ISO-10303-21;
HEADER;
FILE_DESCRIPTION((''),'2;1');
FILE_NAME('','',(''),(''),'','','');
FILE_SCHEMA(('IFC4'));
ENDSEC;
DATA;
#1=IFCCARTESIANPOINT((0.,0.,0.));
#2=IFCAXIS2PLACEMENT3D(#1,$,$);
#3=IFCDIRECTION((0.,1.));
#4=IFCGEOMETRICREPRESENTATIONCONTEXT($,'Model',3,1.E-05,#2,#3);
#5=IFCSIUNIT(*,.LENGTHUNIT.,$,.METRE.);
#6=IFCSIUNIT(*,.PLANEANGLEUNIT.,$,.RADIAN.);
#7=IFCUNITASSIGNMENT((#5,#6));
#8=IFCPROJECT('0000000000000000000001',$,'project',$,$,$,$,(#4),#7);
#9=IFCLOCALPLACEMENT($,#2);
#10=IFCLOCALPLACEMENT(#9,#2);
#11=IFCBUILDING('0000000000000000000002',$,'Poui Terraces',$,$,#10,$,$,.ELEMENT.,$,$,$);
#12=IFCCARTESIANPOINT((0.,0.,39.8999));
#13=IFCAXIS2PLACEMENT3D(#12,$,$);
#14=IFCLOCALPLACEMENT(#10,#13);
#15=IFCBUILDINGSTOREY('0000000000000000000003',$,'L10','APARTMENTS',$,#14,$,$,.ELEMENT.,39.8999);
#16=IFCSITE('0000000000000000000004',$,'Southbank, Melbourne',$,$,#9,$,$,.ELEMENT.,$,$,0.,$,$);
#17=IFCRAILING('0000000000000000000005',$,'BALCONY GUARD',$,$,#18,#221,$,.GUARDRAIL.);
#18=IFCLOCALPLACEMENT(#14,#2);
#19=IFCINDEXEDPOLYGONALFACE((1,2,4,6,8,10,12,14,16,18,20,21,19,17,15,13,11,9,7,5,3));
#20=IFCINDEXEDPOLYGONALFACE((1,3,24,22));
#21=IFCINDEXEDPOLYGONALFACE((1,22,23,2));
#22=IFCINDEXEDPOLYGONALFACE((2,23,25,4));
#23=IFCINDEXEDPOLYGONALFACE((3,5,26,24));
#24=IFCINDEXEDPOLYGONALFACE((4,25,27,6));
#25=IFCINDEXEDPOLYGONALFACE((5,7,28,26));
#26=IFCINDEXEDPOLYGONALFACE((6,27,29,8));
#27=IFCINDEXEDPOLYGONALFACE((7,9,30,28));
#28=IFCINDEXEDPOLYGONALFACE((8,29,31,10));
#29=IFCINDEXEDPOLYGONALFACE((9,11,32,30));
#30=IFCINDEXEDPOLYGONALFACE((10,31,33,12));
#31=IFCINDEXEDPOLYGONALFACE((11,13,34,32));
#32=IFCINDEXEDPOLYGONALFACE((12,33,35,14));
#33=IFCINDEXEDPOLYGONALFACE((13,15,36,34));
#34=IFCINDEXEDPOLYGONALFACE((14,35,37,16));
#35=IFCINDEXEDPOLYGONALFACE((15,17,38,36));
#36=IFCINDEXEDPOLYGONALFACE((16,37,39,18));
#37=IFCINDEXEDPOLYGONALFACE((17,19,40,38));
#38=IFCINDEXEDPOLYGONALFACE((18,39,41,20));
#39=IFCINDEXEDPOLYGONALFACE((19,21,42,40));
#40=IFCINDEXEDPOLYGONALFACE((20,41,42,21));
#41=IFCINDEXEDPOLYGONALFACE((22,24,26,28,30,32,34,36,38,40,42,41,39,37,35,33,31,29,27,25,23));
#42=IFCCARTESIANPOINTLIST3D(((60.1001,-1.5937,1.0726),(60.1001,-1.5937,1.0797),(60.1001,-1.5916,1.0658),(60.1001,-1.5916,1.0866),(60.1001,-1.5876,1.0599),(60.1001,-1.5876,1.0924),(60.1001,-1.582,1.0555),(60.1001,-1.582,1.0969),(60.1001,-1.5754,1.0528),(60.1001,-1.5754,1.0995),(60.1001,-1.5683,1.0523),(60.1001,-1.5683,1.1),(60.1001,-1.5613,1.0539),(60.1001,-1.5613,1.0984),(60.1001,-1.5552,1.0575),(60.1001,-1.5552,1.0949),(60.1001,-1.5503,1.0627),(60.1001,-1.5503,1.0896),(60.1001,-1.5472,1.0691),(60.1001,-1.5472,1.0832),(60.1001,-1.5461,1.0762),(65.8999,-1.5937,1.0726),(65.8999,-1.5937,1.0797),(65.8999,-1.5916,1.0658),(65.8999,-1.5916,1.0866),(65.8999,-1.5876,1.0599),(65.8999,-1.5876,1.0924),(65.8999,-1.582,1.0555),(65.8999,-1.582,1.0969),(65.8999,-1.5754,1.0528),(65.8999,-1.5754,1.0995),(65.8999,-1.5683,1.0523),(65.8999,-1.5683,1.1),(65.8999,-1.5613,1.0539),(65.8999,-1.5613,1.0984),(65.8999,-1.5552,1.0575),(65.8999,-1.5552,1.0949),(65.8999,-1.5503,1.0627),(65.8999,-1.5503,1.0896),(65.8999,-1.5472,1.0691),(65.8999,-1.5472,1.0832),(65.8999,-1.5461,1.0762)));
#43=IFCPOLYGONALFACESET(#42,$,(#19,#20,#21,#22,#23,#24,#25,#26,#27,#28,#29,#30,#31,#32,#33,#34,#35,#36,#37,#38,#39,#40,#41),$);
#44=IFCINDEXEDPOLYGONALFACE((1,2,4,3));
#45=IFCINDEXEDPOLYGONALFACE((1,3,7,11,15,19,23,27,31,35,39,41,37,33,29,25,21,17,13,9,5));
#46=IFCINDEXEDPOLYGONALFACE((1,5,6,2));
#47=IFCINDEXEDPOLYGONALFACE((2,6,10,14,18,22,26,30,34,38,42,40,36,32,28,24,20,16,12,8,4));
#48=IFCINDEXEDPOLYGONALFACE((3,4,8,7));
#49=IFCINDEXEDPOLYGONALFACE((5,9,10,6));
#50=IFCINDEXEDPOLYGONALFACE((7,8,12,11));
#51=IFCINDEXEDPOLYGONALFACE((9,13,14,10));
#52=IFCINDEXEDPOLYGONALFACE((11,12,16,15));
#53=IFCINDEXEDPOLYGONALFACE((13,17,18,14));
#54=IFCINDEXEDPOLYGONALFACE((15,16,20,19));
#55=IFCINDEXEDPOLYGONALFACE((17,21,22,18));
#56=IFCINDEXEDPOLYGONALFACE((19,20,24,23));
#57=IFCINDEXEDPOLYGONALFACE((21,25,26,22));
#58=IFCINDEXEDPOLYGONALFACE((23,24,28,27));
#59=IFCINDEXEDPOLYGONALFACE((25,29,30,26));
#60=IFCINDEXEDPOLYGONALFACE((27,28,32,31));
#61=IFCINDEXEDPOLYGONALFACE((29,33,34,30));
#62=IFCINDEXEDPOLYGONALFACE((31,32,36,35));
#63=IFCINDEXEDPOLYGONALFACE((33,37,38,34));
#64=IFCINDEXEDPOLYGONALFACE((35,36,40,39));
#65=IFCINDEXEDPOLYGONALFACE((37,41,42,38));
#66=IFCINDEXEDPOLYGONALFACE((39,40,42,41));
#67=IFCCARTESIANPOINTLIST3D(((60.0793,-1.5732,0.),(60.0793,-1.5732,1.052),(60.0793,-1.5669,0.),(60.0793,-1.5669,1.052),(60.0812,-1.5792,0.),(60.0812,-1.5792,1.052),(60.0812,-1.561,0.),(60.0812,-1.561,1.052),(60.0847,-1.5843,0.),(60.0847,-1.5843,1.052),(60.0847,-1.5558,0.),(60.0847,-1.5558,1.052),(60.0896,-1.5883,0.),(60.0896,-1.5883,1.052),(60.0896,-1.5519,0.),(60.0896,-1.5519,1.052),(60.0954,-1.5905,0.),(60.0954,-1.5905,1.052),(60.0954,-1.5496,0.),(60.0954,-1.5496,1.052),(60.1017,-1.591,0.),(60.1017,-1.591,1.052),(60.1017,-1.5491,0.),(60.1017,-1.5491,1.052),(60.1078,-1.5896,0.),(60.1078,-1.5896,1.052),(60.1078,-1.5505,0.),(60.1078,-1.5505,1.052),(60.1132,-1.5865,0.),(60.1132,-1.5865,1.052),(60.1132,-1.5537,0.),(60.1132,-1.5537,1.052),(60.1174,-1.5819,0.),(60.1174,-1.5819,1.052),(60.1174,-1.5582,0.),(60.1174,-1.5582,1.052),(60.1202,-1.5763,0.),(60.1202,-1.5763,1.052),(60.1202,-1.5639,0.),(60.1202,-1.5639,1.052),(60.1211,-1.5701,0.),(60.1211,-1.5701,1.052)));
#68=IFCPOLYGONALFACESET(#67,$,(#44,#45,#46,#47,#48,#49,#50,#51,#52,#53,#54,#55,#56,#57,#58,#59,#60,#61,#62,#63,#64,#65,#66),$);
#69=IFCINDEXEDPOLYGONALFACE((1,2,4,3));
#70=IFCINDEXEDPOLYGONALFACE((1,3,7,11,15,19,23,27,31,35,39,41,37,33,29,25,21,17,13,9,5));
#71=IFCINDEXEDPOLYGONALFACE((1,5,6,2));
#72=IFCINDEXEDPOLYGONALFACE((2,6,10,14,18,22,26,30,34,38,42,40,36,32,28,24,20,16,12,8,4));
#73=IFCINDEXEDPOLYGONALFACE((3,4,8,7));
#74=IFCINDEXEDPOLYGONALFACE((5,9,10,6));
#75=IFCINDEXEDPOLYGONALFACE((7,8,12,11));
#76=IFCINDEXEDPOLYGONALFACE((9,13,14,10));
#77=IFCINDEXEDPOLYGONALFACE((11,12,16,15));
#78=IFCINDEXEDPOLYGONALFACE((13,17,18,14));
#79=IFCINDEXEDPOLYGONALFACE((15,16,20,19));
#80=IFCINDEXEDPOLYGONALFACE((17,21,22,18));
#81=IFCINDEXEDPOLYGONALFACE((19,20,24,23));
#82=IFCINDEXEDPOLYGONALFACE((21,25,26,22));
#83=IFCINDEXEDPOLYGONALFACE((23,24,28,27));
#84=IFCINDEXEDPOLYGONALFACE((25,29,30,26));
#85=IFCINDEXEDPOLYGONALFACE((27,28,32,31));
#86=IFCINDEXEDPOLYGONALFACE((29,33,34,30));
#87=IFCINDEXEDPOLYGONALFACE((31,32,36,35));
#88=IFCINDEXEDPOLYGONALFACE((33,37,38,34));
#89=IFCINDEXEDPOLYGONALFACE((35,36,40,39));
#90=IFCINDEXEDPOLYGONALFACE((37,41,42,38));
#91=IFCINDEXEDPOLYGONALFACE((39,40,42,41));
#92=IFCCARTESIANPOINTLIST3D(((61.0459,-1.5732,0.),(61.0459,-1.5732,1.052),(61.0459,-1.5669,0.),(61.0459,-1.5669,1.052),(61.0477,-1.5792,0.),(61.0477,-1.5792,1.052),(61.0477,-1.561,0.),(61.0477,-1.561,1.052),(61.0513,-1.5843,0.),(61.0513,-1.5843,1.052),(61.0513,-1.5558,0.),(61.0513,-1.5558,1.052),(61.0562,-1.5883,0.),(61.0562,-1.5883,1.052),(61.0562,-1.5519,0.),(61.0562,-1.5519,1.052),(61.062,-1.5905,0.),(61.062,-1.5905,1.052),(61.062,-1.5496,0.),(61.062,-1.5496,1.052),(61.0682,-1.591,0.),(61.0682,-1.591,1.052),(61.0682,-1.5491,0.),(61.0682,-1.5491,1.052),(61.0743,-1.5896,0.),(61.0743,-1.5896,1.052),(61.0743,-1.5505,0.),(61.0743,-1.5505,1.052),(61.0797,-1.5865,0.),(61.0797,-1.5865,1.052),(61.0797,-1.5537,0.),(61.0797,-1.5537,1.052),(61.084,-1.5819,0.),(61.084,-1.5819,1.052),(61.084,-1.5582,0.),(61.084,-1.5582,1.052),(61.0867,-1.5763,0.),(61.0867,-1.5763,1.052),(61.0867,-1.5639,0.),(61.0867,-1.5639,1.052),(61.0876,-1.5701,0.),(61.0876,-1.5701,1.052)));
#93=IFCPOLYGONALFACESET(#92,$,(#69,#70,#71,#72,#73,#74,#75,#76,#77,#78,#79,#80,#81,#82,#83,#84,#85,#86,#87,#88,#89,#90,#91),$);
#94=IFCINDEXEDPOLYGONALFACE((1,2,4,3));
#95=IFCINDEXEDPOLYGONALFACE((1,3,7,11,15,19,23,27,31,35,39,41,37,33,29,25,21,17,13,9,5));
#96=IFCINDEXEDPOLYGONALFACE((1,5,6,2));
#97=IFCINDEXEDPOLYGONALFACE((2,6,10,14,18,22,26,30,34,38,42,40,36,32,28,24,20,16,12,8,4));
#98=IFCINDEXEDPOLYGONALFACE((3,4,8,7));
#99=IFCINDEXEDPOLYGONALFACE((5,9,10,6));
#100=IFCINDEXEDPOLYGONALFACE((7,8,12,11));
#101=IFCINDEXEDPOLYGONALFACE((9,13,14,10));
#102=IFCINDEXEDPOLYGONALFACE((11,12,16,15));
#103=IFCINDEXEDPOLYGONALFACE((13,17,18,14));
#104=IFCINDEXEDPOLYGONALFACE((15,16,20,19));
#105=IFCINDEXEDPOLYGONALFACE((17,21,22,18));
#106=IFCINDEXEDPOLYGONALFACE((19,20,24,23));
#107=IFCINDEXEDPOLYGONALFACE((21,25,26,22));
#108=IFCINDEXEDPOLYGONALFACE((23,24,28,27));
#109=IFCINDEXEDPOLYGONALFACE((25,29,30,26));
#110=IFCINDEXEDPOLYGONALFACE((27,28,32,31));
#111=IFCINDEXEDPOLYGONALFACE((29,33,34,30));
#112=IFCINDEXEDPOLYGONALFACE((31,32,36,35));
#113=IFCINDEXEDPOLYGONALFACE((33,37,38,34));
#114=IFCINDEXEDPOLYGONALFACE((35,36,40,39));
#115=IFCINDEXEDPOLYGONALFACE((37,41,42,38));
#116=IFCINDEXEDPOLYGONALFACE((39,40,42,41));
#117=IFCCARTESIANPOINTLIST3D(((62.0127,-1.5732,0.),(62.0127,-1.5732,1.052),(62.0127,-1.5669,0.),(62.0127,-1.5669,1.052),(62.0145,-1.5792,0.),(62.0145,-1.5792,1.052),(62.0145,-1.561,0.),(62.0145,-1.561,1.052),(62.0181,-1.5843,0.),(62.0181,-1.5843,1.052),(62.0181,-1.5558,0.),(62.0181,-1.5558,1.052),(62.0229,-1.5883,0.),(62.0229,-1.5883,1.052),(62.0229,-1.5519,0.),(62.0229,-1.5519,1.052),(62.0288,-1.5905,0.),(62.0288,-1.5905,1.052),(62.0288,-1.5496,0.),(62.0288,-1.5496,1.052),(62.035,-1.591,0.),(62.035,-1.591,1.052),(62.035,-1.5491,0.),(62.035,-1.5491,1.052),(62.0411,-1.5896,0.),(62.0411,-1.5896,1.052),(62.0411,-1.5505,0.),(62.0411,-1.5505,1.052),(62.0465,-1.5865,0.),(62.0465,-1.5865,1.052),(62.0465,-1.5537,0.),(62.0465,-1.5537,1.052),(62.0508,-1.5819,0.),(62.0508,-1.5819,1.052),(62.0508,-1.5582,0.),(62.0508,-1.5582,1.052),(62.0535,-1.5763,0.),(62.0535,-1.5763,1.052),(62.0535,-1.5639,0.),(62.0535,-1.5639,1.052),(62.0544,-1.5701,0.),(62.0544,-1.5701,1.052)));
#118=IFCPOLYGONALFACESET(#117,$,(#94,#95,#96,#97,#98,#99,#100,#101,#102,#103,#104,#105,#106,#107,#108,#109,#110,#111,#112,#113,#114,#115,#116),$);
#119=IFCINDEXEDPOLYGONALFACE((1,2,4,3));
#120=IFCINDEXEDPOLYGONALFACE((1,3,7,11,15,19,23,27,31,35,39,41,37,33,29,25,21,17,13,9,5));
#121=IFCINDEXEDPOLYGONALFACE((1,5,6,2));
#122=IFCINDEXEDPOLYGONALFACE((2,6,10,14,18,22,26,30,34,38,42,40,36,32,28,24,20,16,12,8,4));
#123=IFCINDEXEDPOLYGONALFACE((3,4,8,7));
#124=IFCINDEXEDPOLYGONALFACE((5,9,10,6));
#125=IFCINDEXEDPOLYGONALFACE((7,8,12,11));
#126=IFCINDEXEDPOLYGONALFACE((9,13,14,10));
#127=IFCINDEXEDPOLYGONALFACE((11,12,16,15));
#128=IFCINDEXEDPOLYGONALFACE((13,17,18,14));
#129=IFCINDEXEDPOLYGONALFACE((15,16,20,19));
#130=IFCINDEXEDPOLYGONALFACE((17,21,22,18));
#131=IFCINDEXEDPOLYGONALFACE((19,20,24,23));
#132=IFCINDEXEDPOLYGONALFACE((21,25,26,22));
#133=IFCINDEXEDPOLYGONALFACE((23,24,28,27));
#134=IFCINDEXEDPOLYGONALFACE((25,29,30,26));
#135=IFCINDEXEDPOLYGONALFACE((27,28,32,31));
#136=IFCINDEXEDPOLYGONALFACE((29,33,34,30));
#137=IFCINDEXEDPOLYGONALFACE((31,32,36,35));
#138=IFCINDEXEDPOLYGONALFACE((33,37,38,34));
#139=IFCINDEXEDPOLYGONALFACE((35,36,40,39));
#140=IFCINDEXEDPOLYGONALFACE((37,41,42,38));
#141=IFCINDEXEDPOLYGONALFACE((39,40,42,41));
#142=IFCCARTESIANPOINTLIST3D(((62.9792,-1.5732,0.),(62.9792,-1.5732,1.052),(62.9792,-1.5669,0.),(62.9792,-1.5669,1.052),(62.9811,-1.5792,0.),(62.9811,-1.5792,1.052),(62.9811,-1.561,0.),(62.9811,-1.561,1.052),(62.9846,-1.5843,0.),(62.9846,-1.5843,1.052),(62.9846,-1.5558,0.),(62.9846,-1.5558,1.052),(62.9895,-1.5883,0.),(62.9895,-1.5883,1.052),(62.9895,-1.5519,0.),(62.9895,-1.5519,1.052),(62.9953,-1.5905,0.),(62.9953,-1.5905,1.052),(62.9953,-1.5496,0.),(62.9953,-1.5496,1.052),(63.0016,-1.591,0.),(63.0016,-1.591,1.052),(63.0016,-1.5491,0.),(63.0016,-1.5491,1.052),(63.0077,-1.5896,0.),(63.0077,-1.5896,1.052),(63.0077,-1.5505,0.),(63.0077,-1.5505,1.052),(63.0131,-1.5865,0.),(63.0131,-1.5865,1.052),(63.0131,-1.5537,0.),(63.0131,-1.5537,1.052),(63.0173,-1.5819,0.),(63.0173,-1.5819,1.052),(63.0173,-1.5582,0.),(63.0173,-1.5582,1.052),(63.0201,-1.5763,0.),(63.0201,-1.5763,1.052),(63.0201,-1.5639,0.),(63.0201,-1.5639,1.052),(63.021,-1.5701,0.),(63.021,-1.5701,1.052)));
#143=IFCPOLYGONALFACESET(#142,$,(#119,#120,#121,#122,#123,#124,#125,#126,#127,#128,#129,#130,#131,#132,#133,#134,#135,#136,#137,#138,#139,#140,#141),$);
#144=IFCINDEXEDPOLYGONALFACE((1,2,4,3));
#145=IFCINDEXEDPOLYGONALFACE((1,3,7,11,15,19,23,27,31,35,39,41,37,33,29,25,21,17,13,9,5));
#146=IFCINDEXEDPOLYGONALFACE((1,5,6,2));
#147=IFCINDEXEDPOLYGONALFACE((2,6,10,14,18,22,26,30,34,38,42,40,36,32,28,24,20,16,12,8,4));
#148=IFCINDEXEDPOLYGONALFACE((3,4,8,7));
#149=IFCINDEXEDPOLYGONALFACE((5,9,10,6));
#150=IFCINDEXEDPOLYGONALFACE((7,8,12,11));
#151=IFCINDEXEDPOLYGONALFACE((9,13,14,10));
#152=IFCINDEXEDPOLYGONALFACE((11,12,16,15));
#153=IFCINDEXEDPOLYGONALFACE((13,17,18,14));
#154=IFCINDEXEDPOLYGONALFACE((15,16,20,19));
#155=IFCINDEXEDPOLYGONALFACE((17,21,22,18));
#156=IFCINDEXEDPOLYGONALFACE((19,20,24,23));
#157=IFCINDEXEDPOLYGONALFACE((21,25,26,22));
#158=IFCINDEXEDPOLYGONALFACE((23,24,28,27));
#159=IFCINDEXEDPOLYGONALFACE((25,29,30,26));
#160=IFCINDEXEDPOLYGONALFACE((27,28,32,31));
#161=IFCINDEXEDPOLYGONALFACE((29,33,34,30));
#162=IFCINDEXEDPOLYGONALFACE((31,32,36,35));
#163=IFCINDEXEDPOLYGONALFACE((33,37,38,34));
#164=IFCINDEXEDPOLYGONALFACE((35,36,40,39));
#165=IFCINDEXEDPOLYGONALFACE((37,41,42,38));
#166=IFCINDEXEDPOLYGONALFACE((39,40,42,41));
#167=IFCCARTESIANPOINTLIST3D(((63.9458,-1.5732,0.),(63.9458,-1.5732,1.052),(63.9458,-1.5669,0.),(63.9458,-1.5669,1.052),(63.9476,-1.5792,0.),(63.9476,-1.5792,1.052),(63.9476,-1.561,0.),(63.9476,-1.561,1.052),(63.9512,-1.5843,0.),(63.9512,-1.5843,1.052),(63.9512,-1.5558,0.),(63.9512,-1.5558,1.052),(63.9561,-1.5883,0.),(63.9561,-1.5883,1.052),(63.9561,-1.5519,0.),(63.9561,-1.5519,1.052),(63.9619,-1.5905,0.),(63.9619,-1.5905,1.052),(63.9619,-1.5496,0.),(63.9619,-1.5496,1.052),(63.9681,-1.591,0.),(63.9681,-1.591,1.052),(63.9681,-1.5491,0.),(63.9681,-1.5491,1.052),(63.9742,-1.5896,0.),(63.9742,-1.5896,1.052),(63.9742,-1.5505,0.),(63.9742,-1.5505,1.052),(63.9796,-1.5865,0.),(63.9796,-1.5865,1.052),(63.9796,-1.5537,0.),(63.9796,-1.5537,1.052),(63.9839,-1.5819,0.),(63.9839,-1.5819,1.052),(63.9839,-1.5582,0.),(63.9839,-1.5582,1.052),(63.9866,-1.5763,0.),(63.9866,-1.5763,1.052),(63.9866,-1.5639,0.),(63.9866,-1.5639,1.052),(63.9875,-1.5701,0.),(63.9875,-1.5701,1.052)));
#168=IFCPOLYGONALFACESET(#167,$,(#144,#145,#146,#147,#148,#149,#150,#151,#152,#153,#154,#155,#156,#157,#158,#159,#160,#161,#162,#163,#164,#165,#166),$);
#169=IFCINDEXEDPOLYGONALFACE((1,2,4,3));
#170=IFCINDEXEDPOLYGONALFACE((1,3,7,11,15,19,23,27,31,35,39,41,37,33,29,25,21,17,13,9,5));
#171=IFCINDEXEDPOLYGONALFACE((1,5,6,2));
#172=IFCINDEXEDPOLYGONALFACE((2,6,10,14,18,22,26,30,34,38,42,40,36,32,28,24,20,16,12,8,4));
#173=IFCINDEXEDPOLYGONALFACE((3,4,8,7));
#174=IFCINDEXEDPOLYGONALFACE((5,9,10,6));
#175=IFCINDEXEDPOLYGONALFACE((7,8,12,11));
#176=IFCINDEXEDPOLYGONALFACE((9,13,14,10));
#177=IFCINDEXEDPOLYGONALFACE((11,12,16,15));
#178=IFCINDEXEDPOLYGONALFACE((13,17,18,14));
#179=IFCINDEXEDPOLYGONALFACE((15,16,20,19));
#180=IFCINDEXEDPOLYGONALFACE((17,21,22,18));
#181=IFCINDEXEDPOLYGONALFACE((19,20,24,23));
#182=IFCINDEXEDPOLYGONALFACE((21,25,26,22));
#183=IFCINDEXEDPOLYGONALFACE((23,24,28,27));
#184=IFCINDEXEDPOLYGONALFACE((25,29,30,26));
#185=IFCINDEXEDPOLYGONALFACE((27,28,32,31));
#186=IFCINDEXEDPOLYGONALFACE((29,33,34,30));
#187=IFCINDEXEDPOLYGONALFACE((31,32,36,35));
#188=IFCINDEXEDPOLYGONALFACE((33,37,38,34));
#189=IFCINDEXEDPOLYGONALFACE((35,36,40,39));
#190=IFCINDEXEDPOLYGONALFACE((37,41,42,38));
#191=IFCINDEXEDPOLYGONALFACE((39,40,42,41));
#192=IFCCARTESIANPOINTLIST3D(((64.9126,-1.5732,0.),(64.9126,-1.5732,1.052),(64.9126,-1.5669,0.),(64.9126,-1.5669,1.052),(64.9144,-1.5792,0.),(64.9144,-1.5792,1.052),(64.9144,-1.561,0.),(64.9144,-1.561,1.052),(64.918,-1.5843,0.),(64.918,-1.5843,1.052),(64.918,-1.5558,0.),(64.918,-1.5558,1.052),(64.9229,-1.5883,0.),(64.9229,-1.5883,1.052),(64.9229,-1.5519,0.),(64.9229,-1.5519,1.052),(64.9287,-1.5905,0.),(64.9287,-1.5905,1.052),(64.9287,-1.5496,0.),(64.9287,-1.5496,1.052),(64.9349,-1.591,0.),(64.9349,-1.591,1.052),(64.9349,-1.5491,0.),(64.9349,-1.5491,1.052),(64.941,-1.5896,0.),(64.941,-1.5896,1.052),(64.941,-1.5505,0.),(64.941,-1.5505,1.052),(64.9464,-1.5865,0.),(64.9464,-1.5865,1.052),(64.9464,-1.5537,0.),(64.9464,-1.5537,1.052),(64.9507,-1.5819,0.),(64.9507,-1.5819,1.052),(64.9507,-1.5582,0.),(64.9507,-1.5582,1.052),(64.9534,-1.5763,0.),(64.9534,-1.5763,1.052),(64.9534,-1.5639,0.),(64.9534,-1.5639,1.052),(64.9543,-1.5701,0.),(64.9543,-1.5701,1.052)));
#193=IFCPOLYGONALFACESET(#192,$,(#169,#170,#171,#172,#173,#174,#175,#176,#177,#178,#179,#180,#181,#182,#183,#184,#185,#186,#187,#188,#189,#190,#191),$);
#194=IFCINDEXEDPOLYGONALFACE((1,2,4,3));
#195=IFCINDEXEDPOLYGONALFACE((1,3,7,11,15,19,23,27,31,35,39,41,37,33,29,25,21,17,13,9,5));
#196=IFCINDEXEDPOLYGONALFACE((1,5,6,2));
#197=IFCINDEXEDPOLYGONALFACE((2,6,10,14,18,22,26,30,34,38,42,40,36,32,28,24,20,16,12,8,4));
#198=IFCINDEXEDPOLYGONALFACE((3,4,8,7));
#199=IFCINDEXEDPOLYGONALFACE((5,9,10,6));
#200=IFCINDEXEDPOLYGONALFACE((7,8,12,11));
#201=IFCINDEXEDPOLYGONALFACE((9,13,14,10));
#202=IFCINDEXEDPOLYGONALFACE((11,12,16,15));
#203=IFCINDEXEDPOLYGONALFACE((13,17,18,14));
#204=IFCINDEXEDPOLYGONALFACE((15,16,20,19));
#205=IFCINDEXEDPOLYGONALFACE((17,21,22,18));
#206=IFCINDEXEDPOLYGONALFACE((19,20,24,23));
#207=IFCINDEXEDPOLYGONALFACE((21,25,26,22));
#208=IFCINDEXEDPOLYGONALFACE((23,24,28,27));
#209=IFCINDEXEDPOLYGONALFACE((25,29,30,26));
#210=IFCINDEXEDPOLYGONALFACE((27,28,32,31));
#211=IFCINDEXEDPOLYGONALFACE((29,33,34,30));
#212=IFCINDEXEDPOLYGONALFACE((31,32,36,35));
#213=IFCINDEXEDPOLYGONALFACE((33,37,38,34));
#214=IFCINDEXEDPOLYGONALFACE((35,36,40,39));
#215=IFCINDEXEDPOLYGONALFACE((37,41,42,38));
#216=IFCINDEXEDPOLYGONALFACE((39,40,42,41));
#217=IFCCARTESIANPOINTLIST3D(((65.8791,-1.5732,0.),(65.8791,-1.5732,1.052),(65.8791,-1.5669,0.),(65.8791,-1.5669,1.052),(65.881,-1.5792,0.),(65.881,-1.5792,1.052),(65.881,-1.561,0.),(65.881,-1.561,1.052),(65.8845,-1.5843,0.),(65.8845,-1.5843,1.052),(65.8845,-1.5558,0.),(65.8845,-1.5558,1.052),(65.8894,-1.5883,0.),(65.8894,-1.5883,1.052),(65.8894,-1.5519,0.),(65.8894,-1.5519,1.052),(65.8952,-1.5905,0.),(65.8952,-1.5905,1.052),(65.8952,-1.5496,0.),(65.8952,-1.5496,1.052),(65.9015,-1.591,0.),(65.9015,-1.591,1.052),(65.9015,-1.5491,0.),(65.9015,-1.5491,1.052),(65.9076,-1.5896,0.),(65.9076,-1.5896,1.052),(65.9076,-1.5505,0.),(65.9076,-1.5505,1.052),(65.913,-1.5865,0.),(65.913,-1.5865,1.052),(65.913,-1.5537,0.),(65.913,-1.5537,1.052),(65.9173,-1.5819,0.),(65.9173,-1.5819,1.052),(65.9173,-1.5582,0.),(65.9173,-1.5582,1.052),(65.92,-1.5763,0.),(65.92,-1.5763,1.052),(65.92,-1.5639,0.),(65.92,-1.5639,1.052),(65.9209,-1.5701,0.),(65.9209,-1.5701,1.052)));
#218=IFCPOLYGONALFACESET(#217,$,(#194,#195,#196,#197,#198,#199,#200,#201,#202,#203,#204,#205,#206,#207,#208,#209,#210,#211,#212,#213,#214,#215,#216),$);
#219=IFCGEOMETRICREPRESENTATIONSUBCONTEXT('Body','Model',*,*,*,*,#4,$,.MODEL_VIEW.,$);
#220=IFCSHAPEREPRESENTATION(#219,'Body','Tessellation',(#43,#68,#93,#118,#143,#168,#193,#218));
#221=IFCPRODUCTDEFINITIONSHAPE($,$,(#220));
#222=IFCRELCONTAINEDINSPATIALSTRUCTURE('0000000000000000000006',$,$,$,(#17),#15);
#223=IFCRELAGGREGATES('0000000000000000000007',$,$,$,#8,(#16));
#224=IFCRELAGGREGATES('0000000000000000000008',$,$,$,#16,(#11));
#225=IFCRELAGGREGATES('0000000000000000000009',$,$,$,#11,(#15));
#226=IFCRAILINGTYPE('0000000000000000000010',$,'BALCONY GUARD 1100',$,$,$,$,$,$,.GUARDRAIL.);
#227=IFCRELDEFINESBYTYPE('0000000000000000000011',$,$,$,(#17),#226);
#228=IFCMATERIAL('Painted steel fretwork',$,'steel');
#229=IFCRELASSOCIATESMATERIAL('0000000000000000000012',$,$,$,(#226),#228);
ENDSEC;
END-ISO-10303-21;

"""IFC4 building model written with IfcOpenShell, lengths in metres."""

from ifc_helpers import new_model, si_unit, direction, frame, origin, origin_2d, place, context, subcontext, project, spatial, circle, extrude, material, type_object, element, save


model = new_model("IFC4")

# Units and contexts
model_context = context("Model", 3, precision=1e-05, world=origin(), true_north=direction((0.0, 1.0)))
body_context = subcontext(model_context, "Body", "Model", "MODEL_VIEW")
ifc_project = project(units=[si_unit("LENGTHUNIT", "METRE"), si_unit("PLANEANGLEUNIT", "RADIAN")], contexts=[model_context])

# Site, building, storey
site_placement = place(None, origin())
site = spatial("IfcSite", under=ifc_project, at=site_placement, Name="Southbank, Melbourne", CompositionType="ELEMENT", RefElevation=0.0)
building_placement = place(site_placement, origin())
building = spatial("IfcBuilding", under=site, at=building_placement, Name="Poui Terraces", CompositionType="ELEMENT")
storey_placement = place(building_placement, frame((0.0, 0.0, 39.8999)))
storey = spatial("IfcBuildingStorey", under=building, at=storey_placement, Name="L10", Description="APARTMENTS", CompositionType="ELEMENT", Elevation=39.8999)

# Railing
ifc_material_1 = material(Name="Painted steel fretwork", Category="steel")
railing_type = type_object("IfcRailingType", Name="BALCONY GUARD 1100", PredefinedType="GUARDRAIL", material=ifc_material_1)
railing_placement = place(storey_placement, frame((60.1001, -1.5701, 0.0)))
element("IfcRailing", 1, at=railing_placement, inside=storey, type_object=railing_type, Name="BALCONY GUARD", PredefinedType="GUARDRAIL", context=body_context, shape_type="SweptSolid", body=[
    extrude(circle(Radius=0.0239, at=origin_2d()), frame((0.0, 0.0, 1.0762), z_axis=(1.0, 0.0, 0.0), x_axis=(0.0, 1.0, 0.0)), (0.0, 0.0, 1.0), 5.7998),
    extrude(circle(Radius=0.021, at=origin_2d()), origin(), (0.0, 0.0, 1.0), 1.052),
    extrude(circle(Radius=0.021, at=origin_2d()), frame((0.9666, 0.0, 0.0)), (0.0, 0.0, 1.0), 1.052),
    extrude(circle(Radius=0.021, at=origin_2d()), frame((1.9333, 0.0, 0.0)), (0.0, 0.0, 1.0), 1.052),
    extrude(circle(Radius=0.021, at=origin_2d()), frame((2.8999, 0.0, 0.0)), (0.0, 0.0, 1.0), 1.052),
    extrude(circle(Radius=0.021, at=origin_2d()), frame((3.8665, 0.0, 0.0)), (0.0, 0.0, 1.0), 1.052),
    extrude(circle(Radius=0.021, at=origin_2d()), frame((4.8333, 0.0, 0.0)), (0.0, 0.0, 1.0), 1.052),
    extrude(circle(Radius=0.021, at=origin_2d()), frame((5.7998, 0.0, 0.0)), (0.0, 0.0, 1.0), 1.052),
])

save(model, "model.ifc")
